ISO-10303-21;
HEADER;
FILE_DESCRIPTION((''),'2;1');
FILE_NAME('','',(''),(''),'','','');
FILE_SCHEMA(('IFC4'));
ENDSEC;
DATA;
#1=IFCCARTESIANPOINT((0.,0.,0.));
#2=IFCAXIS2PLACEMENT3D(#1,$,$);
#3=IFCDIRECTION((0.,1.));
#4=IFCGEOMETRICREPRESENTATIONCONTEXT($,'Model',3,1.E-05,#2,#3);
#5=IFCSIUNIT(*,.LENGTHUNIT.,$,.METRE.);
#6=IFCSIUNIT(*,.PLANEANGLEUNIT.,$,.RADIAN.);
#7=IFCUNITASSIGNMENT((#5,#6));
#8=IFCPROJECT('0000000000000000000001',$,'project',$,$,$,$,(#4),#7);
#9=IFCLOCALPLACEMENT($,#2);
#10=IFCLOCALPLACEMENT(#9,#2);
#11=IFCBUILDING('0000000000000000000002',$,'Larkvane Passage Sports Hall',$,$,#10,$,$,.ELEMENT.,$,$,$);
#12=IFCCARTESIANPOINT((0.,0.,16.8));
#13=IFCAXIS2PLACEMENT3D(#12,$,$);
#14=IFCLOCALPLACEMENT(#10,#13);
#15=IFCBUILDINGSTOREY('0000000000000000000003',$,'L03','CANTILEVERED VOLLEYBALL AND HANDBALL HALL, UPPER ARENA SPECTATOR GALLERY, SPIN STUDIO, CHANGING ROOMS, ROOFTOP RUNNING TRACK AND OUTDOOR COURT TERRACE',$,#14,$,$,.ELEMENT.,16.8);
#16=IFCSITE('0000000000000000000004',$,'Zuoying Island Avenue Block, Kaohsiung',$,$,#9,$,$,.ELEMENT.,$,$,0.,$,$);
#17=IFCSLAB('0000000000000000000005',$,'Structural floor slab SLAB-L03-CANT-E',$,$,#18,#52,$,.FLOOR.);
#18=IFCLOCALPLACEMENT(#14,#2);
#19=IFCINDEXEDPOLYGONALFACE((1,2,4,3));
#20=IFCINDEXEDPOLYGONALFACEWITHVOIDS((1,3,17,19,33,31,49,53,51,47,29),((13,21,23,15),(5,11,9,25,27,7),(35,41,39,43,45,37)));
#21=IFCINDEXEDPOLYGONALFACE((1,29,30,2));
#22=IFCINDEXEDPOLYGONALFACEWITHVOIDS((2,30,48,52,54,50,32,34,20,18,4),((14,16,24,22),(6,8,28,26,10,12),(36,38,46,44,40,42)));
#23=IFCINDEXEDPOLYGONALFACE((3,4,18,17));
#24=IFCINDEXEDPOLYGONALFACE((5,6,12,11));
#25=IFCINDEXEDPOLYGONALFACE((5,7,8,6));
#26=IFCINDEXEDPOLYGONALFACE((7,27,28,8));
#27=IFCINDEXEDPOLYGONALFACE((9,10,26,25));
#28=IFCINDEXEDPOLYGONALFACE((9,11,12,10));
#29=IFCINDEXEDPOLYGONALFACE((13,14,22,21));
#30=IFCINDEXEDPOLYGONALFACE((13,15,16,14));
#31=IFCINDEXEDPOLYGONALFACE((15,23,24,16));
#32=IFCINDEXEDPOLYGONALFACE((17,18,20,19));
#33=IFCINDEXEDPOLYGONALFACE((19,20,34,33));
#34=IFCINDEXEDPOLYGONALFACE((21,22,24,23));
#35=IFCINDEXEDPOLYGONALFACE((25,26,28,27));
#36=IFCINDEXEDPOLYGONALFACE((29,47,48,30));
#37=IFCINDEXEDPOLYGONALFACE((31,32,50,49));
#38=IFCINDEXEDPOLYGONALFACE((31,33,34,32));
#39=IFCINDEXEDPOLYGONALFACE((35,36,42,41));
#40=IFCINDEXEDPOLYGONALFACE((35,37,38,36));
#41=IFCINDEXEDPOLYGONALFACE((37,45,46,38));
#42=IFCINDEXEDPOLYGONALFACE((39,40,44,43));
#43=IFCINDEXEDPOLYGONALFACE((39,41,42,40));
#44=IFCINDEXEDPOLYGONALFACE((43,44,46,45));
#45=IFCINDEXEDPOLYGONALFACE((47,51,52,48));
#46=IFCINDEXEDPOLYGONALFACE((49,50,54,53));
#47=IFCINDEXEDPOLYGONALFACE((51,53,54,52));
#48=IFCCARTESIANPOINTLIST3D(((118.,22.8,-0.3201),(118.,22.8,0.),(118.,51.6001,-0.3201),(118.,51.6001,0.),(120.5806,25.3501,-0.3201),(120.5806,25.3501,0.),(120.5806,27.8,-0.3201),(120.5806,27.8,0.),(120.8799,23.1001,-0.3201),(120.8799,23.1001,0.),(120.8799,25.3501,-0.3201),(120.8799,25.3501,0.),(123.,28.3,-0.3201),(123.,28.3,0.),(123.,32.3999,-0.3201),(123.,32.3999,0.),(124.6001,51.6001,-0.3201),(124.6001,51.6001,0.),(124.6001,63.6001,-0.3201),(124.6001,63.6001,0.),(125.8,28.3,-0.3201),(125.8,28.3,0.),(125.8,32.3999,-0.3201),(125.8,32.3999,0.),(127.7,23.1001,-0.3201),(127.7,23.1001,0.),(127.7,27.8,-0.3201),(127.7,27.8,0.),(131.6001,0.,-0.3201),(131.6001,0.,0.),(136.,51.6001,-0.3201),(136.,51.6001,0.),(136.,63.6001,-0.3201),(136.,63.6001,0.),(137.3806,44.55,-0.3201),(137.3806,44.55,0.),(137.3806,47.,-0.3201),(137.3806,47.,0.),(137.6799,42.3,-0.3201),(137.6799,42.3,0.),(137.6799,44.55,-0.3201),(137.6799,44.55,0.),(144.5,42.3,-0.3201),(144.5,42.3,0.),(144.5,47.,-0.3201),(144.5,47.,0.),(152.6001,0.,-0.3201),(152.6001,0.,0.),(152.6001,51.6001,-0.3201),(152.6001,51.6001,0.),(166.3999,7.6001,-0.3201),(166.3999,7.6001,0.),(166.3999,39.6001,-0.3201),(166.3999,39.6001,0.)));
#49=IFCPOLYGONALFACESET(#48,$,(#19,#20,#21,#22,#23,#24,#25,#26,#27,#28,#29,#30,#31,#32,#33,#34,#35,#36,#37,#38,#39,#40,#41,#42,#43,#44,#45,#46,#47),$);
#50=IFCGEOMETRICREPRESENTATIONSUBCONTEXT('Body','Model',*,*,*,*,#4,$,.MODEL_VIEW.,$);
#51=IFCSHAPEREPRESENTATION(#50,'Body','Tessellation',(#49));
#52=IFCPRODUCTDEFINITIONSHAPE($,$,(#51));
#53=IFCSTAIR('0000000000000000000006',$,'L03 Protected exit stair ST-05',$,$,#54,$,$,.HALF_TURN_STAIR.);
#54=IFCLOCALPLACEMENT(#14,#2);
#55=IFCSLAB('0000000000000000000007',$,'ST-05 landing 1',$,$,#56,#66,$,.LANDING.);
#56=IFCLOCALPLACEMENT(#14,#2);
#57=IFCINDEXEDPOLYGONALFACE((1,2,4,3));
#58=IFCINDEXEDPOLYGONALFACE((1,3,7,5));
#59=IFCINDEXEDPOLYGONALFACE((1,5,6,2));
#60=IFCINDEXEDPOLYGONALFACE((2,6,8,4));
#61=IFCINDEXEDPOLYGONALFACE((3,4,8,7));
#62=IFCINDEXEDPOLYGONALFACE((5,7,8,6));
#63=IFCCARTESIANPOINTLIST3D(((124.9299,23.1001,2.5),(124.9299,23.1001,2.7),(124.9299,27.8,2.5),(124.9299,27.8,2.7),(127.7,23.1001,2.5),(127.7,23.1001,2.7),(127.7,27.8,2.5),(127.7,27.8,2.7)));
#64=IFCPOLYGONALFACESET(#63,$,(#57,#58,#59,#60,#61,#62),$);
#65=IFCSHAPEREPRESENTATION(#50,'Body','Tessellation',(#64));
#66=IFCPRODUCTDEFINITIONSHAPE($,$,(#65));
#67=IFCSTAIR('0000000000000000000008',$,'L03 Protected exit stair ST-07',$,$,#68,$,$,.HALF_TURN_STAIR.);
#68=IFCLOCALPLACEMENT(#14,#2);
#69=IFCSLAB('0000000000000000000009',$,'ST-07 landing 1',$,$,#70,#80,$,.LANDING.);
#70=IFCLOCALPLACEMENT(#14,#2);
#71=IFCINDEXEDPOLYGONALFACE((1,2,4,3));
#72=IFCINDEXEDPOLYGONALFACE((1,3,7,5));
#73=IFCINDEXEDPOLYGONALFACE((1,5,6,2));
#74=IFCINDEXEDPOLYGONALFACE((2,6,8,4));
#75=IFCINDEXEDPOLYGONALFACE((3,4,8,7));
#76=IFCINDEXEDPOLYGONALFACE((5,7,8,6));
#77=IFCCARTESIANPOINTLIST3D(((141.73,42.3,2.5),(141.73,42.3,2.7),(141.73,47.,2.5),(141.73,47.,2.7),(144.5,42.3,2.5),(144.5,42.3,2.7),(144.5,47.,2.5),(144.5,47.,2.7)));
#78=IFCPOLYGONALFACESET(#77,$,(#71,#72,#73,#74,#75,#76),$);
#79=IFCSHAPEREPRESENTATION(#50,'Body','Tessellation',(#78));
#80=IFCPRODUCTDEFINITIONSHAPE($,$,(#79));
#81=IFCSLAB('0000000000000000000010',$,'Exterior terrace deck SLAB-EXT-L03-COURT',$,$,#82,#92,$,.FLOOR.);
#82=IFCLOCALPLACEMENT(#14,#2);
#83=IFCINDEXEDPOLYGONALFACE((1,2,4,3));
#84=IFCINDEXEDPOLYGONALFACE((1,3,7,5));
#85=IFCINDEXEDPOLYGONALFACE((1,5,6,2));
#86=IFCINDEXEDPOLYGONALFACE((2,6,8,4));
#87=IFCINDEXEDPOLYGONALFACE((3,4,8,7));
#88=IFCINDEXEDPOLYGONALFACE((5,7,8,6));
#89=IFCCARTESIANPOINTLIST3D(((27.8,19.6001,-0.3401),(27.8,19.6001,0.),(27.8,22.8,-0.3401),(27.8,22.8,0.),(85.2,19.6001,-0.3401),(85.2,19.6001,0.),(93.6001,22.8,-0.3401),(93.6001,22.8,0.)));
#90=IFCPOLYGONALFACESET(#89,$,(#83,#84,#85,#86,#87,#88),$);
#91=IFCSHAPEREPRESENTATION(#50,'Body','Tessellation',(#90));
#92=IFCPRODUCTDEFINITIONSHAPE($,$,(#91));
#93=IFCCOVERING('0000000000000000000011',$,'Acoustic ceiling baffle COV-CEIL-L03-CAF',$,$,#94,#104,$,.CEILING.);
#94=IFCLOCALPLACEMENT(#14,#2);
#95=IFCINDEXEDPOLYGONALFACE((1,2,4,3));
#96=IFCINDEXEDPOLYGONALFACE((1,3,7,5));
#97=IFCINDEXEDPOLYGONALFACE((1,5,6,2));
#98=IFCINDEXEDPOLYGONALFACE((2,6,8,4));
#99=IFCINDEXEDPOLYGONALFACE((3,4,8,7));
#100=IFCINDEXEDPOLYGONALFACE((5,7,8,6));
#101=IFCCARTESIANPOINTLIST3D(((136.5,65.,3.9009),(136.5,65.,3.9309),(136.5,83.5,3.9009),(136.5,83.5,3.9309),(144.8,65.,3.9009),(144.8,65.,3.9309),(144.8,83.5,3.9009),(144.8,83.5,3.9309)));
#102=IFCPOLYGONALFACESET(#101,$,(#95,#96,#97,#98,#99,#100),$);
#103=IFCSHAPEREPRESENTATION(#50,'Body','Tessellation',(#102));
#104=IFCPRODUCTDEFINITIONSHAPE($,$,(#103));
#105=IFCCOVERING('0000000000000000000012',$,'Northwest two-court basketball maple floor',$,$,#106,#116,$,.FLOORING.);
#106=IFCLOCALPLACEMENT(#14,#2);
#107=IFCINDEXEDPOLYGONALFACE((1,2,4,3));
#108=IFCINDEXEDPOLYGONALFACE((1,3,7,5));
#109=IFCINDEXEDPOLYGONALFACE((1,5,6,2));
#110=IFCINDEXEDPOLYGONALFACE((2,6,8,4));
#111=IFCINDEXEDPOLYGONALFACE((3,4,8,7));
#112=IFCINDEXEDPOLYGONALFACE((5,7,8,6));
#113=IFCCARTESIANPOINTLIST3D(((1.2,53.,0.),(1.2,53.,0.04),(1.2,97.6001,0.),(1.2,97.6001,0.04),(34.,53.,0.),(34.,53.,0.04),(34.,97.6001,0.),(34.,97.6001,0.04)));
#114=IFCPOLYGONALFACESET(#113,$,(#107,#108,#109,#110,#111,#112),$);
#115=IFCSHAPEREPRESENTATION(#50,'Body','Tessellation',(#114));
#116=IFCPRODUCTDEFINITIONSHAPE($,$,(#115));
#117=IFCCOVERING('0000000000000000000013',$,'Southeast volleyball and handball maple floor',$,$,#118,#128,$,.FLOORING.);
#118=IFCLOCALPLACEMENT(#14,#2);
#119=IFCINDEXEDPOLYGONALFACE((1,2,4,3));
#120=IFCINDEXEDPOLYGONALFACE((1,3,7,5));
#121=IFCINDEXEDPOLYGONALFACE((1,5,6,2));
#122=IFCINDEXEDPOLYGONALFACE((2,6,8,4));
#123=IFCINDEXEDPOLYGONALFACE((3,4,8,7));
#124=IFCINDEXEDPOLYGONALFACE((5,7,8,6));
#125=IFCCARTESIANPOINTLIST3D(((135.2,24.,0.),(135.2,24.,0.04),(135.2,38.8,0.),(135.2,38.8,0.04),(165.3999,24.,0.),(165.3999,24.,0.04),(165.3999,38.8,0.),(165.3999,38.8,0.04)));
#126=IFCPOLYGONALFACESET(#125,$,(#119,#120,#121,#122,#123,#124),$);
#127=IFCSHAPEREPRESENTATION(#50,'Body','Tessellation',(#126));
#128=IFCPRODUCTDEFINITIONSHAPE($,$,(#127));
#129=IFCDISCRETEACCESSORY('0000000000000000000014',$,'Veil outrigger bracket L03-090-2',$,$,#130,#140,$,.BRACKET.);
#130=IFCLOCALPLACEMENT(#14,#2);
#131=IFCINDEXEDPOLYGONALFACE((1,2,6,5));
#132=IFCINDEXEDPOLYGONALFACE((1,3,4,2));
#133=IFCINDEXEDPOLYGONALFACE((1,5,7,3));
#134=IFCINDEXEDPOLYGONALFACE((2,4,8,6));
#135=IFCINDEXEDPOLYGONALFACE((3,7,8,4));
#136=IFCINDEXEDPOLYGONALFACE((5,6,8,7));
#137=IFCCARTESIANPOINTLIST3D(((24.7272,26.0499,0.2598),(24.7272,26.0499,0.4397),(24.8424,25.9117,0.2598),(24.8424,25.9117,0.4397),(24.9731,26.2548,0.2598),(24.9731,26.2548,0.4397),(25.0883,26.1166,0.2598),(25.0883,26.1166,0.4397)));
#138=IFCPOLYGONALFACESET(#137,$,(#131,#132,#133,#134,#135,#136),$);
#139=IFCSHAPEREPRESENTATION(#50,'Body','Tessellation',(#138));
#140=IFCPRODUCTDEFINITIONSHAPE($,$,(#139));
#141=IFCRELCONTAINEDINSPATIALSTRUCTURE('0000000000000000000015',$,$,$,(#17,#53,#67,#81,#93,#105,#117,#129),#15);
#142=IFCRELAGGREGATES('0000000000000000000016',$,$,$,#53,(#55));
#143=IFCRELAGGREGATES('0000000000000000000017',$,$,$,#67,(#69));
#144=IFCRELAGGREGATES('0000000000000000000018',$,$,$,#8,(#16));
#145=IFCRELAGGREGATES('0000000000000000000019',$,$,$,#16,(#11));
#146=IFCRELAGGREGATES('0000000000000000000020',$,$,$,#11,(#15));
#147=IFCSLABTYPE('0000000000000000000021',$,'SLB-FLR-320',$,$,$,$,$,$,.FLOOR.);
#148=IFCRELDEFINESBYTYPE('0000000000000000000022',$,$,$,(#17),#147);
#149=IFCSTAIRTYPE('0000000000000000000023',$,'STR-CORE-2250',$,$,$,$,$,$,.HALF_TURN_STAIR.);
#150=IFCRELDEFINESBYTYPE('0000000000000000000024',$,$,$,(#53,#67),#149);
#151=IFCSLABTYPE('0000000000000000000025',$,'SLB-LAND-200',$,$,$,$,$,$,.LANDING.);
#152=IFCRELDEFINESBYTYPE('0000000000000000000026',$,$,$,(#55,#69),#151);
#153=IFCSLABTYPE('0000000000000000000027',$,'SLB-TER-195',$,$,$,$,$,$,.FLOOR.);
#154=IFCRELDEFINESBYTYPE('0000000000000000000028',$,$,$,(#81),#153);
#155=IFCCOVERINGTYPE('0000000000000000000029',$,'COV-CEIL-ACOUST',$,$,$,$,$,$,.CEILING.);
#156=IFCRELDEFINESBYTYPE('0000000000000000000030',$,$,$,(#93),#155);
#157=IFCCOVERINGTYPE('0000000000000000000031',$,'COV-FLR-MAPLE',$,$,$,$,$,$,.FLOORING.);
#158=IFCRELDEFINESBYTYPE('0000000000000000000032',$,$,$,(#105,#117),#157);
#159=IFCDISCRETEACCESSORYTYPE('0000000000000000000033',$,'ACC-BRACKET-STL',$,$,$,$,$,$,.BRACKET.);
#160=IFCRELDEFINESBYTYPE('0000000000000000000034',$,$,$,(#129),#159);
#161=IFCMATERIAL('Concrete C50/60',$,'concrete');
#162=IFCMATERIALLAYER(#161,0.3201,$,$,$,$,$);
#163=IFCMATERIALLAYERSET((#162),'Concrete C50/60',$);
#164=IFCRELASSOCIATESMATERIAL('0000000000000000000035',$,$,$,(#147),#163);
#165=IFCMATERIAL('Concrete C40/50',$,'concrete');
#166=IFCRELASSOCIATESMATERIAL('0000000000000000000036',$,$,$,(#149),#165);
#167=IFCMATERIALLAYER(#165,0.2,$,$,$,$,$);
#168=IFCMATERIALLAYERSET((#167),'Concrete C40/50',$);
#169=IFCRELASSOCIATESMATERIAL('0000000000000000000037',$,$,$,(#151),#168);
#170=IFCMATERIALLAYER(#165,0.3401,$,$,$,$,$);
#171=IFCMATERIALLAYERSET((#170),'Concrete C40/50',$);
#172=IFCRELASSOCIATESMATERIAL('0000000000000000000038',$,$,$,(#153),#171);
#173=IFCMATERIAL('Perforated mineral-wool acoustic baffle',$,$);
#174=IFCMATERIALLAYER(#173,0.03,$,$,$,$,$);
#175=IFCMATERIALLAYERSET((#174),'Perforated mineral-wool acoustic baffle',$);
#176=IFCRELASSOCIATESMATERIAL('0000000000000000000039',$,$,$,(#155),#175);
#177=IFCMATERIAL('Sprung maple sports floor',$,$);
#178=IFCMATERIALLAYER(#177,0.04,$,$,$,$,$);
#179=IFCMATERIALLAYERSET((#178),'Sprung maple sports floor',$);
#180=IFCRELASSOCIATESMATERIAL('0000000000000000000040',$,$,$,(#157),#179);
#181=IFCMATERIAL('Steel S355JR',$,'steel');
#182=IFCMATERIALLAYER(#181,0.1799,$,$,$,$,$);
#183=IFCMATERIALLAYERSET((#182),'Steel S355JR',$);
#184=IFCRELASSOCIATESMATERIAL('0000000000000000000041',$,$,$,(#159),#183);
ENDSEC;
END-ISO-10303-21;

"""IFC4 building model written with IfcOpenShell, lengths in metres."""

from ifc_helpers import new_model, si_unit, direction, frame, origin, origin_2d, place, context, subcontext, project, spatial, polyline, rectangle, outline, extrude, material, layer, layer_set, type_object, element, aggregate, save


model = new_model("IFC4")

# Units and contexts
model_context = context("Model", 3, precision=1e-05, world=origin(), true_north=direction((0.0, 1.0)))
body_context = subcontext(model_context, "Body", "Model", "MODEL_VIEW")
ifc_project = project(units=[si_unit("LENGTHUNIT", "METRE"), si_unit("PLANEANGLEUNIT", "RADIAN")], contexts=[model_context])

# Site, building, storey
site_placement = place(None, origin())
site = spatial("IfcSite", under=ifc_project, at=site_placement, Name="Zuoying Island Avenue Block, Kaohsiung", CompositionType="ELEMENT", RefElevation=0.0)
building_placement = place(site_placement, origin())
building = spatial("IfcBuilding", under=site, at=building_placement, Name="Larkvane Passage Sports Hall", CompositionType="ELEMENT")
storey_placement = place(building_placement, frame((0.0, 0.0, 16.8)))
storey = spatial("IfcBuildingStorey", under=building, at=storey_placement, Name="L03", Description="CANTILEVERED VOLLEYBALL AND HANDBALL HALL, UPPER ARENA SPECTATOR GALLERY, SPIN STUDIO, CHANGING ROOMS, ROOFTOP RUNNING TRACK AND OUTDOOR COURT TERRACE", CompositionType="ELEMENT", Elevation=16.8)

# Slab
ifc_material_1 = material(Name="Concrete C40/50", Category="concrete")
ifc_material_2 = material(Name="Concrete C50/60", Category="concrete")
ifc_layer_1 = layer(ifc_material_2, 0.3201)
ifc_layer_set_1 = layer_set([ifc_layer_1], Name="Concrete C50/60")
slab_type_1 = type_object("IfcSlabType", Name="SLB-FLR-320", PredefinedType="FLOOR", material=ifc_layer_set_1)
slab_1_placement = place(storey_placement, frame((0.0, 0.0, -0.3201)))
element("IfcSlab", 1, at=slab_1_placement, inside=storey, type_object=slab_type_1, Name="Structural floor slab SLAB-L03-CANT-E", PredefinedType="FLOOR", context=body_context, shape_type="SweptSolid", body=[
    extrude(outline(polyline([(118.0, 22.8), (131.6001, 0.0), (152.6001, 0.0), (166.3999, 7.6001), (166.3999, 39.6001), (152.6001, 51.6001), (136.0, 51.6001), (136.0, 63.6001), (124.6001, 63.6001), (124.6001, 51.6001), (118.0, 51.6001), (118.0, 22.8)]), holes=[polyline([(120.8799, 23.1001), (120.8799, 25.3501), (120.5806, 25.3501), (120.5806, 27.8), (127.7, 27.8), (127.7, 23.1001), (120.8799, 23.1001)]), polyline([(137.6799, 42.3), (137.6799, 44.55), (137.3806, 44.55), (137.3806, 47.0), (144.5, 47.0), (144.5, 42.3), (137.6799, 42.3)]), polyline([(123.0, 32.3999), (125.8, 32.3999), (125.8, 28.3), (123.0, 28.3), (123.0, 32.3999)])]), origin(), (0.0, 0.0, 1.0), 0.3201),
])

# Stairs, slabs
stair_type = type_object("IfcStairType", Name="STR-CORE-2250", PredefinedType="HALF_TURN_STAIR", material=ifc_material_1)
stair_1_placement = place(storey_placement, origin())
stair_1 = element("IfcStair", 2, at=stair_1_placement, inside=storey, type_object=stair_type, Name="L03 Protected exit stair ST-05", PredefinedType="HALF_TURN_STAIR")
ifc_layer_2 = layer(ifc_material_1, 0.2)
ifc_layer_set_2 = layer_set([ifc_layer_2], Name="Concrete C40/50")
slab_type_2 = type_object("IfcSlabType", Name="SLB-LAND-200", PredefinedType="LANDING", material=ifc_layer_set_2)
slab_2_placement = place(storey_placement, frame((0.0, 0.0, 2.5)))
slab_2 = element("IfcSlab", 3, at=slab_2_placement, type_object=slab_type_2, Name="ST-05 landing 1", PredefinedType="LANDING", context=body_context, shape_type="SweptSolid", body=[
    extrude(outline(polyline([(124.9299, 23.1001), (127.7, 23.1001), (127.7, 27.8), (124.9299, 27.8), (124.9299, 23.1001)])), origin(), (0.0, 0.0, 1.0), 0.2),
])
aggregate(stair_1, [slab_2])
stair_2_placement = place(storey_placement, origin())
stair_2 = element("IfcStair", 4, at=stair_2_placement, inside=storey, type_object=stair_type, Name="L03 Protected exit stair ST-07", PredefinedType="HALF_TURN_STAIR")
slab_3_placement = place(storey_placement, frame((0.0, 0.0, 2.5)))
slab_3 = element("IfcSlab", 5, at=slab_3_placement, type_object=slab_type_2, Name="ST-07 landing 1", PredefinedType="LANDING", context=body_context, shape_type="SweptSolid", body=[
    extrude(outline(polyline([(141.73, 42.3), (144.5, 42.3), (144.5, 47.0), (141.73, 47.0), (141.73, 42.3)])), origin(), (0.0, 0.0, 1.0), 0.2),
])
aggregate(stair_2, [slab_3])

# Slab
ifc_layer_3 = layer(ifc_material_1, 0.3401)
ifc_layer_set_3 = layer_set([ifc_layer_3], Name="Concrete C40/50")
slab_type_3 = type_object("IfcSlabType", Name="SLB-TER-195", PredefinedType="FLOOR", material=ifc_layer_set_3)
slab_4_placement = place(storey_placement, frame((0.0, 0.0, -0.3401)))
element("IfcSlab", 6, at=slab_4_placement, inside=storey, type_object=slab_type_3, Name="Exterior terrace deck SLAB-EXT-L03-COURT", PredefinedType="FLOOR", context=body_context, shape_type="SweptSolid", body=[
    extrude(outline(polyline([(27.8, 19.6001), (85.2, 19.6001), (93.6001, 22.8), (27.8, 22.8), (27.8, 19.6001)])), origin(), (0.0, 0.0, 1.0), 0.3401),
])

# Coverings
ifc_material_3 = material(Name="Perforated mineral-wool acoustic baffle")
ifc_layer_4 = layer(ifc_material_3, 0.03)
ifc_layer_set_4 = layer_set([ifc_layer_4], Name="Perforated mineral-wool acoustic baffle")
covering_type_1 = type_object("IfcCoveringType", Name="COV-CEIL-ACOUST", PredefinedType="CEILING", material=ifc_layer_set_4)
covering_1_placement = place(storey_placement, frame((0.0, 0.0, 3.9009)))
element("IfcCovering", 7, at=covering_1_placement, inside=storey, type_object=covering_type_1, Name="Acoustic ceiling baffle COV-CEIL-L03-CAF", PredefinedType="CEILING", context=body_context, shape_type="SweptSolid", body=[
    extrude(outline(polyline([(136.5, 65.0), (144.8, 65.0), (144.8, 83.5), (136.5, 83.5), (136.5, 65.0)])), origin(), (0.0, 0.0, 1.0), 0.03),
])
ifc_material_4 = material(Name="Sprung maple sports floor")
ifc_layer_5 = layer(ifc_material_4, 0.04)
ifc_layer_set_5 = layer_set([ifc_layer_5], Name="Sprung maple sports floor")
covering_type_2 = type_object("IfcCoveringType", Name="COV-FLR-MAPLE", PredefinedType="FLOORING", material=ifc_layer_set_5)
covering_2_placement = place(storey_placement, origin())
element("IfcCovering", 8, at=covering_2_placement, inside=storey, type_object=covering_type_2, Name="Northwest two-court basketball maple floor", PredefinedType="FLOORING", context=body_context, shape_type="SweptSolid", body=[
    extrude(outline(polyline([(1.2, 53.0), (34.0, 53.0), (34.0, 97.6001), (1.2, 97.6001), (1.2, 53.0)])), origin(), (0.0, 0.0, 1.0), 0.04),
])
covering_3_placement = place(storey_placement, origin())
element("IfcCovering", 9, at=covering_3_placement, inside=storey, type_object=covering_type_2, Name="Southeast volleyball and handball maple floor", PredefinedType="FLOORING", context=body_context, shape_type="SweptSolid", body=[
    extrude(outline(polyline([(135.2, 24.0), (165.3999, 24.0), (165.3999, 38.8), (135.2, 38.8), (135.2, 24.0)])), origin(), (0.0, 0.0, 1.0), 0.04),
])

# Discrete accessory
ifc_material_5 = material(Name="Steel S355JR", Category="steel")
ifc_layer_6 = layer(ifc_material_5, 0.1799)
ifc_layer_set_6 = layer_set([ifc_layer_6], Name="Steel S355JR")
discrete_accessory_type = type_object("IfcDiscreteAccessoryType", Name="ACC-BRACKET-STL", PredefinedType="BRACKET", material=ifc_layer_set_6)
discrete_accessory_placement = place(storey_placement, frame((24.9077, 26.0833, 0.2598), z_axis=(0.0, 0.0, 1.0), x_axis=(-0.640184, 0.768221, 0.0)))
element("IfcDiscreteAccessory", 10, at=discrete_accessory_placement, inside=storey, type_object=discrete_accessory_type, Name="Veil outrigger bracket L03-090-2", PredefinedType="BRACKET", context=body_context, shape_type="SweptSolid", body=[
    extrude(rectangle(XDim=0.1799, YDim=0.3201, at=origin_2d()), origin(), (0.0, 0.0, 1.0), 0.1799),
])

save(model, "model.ifc")
